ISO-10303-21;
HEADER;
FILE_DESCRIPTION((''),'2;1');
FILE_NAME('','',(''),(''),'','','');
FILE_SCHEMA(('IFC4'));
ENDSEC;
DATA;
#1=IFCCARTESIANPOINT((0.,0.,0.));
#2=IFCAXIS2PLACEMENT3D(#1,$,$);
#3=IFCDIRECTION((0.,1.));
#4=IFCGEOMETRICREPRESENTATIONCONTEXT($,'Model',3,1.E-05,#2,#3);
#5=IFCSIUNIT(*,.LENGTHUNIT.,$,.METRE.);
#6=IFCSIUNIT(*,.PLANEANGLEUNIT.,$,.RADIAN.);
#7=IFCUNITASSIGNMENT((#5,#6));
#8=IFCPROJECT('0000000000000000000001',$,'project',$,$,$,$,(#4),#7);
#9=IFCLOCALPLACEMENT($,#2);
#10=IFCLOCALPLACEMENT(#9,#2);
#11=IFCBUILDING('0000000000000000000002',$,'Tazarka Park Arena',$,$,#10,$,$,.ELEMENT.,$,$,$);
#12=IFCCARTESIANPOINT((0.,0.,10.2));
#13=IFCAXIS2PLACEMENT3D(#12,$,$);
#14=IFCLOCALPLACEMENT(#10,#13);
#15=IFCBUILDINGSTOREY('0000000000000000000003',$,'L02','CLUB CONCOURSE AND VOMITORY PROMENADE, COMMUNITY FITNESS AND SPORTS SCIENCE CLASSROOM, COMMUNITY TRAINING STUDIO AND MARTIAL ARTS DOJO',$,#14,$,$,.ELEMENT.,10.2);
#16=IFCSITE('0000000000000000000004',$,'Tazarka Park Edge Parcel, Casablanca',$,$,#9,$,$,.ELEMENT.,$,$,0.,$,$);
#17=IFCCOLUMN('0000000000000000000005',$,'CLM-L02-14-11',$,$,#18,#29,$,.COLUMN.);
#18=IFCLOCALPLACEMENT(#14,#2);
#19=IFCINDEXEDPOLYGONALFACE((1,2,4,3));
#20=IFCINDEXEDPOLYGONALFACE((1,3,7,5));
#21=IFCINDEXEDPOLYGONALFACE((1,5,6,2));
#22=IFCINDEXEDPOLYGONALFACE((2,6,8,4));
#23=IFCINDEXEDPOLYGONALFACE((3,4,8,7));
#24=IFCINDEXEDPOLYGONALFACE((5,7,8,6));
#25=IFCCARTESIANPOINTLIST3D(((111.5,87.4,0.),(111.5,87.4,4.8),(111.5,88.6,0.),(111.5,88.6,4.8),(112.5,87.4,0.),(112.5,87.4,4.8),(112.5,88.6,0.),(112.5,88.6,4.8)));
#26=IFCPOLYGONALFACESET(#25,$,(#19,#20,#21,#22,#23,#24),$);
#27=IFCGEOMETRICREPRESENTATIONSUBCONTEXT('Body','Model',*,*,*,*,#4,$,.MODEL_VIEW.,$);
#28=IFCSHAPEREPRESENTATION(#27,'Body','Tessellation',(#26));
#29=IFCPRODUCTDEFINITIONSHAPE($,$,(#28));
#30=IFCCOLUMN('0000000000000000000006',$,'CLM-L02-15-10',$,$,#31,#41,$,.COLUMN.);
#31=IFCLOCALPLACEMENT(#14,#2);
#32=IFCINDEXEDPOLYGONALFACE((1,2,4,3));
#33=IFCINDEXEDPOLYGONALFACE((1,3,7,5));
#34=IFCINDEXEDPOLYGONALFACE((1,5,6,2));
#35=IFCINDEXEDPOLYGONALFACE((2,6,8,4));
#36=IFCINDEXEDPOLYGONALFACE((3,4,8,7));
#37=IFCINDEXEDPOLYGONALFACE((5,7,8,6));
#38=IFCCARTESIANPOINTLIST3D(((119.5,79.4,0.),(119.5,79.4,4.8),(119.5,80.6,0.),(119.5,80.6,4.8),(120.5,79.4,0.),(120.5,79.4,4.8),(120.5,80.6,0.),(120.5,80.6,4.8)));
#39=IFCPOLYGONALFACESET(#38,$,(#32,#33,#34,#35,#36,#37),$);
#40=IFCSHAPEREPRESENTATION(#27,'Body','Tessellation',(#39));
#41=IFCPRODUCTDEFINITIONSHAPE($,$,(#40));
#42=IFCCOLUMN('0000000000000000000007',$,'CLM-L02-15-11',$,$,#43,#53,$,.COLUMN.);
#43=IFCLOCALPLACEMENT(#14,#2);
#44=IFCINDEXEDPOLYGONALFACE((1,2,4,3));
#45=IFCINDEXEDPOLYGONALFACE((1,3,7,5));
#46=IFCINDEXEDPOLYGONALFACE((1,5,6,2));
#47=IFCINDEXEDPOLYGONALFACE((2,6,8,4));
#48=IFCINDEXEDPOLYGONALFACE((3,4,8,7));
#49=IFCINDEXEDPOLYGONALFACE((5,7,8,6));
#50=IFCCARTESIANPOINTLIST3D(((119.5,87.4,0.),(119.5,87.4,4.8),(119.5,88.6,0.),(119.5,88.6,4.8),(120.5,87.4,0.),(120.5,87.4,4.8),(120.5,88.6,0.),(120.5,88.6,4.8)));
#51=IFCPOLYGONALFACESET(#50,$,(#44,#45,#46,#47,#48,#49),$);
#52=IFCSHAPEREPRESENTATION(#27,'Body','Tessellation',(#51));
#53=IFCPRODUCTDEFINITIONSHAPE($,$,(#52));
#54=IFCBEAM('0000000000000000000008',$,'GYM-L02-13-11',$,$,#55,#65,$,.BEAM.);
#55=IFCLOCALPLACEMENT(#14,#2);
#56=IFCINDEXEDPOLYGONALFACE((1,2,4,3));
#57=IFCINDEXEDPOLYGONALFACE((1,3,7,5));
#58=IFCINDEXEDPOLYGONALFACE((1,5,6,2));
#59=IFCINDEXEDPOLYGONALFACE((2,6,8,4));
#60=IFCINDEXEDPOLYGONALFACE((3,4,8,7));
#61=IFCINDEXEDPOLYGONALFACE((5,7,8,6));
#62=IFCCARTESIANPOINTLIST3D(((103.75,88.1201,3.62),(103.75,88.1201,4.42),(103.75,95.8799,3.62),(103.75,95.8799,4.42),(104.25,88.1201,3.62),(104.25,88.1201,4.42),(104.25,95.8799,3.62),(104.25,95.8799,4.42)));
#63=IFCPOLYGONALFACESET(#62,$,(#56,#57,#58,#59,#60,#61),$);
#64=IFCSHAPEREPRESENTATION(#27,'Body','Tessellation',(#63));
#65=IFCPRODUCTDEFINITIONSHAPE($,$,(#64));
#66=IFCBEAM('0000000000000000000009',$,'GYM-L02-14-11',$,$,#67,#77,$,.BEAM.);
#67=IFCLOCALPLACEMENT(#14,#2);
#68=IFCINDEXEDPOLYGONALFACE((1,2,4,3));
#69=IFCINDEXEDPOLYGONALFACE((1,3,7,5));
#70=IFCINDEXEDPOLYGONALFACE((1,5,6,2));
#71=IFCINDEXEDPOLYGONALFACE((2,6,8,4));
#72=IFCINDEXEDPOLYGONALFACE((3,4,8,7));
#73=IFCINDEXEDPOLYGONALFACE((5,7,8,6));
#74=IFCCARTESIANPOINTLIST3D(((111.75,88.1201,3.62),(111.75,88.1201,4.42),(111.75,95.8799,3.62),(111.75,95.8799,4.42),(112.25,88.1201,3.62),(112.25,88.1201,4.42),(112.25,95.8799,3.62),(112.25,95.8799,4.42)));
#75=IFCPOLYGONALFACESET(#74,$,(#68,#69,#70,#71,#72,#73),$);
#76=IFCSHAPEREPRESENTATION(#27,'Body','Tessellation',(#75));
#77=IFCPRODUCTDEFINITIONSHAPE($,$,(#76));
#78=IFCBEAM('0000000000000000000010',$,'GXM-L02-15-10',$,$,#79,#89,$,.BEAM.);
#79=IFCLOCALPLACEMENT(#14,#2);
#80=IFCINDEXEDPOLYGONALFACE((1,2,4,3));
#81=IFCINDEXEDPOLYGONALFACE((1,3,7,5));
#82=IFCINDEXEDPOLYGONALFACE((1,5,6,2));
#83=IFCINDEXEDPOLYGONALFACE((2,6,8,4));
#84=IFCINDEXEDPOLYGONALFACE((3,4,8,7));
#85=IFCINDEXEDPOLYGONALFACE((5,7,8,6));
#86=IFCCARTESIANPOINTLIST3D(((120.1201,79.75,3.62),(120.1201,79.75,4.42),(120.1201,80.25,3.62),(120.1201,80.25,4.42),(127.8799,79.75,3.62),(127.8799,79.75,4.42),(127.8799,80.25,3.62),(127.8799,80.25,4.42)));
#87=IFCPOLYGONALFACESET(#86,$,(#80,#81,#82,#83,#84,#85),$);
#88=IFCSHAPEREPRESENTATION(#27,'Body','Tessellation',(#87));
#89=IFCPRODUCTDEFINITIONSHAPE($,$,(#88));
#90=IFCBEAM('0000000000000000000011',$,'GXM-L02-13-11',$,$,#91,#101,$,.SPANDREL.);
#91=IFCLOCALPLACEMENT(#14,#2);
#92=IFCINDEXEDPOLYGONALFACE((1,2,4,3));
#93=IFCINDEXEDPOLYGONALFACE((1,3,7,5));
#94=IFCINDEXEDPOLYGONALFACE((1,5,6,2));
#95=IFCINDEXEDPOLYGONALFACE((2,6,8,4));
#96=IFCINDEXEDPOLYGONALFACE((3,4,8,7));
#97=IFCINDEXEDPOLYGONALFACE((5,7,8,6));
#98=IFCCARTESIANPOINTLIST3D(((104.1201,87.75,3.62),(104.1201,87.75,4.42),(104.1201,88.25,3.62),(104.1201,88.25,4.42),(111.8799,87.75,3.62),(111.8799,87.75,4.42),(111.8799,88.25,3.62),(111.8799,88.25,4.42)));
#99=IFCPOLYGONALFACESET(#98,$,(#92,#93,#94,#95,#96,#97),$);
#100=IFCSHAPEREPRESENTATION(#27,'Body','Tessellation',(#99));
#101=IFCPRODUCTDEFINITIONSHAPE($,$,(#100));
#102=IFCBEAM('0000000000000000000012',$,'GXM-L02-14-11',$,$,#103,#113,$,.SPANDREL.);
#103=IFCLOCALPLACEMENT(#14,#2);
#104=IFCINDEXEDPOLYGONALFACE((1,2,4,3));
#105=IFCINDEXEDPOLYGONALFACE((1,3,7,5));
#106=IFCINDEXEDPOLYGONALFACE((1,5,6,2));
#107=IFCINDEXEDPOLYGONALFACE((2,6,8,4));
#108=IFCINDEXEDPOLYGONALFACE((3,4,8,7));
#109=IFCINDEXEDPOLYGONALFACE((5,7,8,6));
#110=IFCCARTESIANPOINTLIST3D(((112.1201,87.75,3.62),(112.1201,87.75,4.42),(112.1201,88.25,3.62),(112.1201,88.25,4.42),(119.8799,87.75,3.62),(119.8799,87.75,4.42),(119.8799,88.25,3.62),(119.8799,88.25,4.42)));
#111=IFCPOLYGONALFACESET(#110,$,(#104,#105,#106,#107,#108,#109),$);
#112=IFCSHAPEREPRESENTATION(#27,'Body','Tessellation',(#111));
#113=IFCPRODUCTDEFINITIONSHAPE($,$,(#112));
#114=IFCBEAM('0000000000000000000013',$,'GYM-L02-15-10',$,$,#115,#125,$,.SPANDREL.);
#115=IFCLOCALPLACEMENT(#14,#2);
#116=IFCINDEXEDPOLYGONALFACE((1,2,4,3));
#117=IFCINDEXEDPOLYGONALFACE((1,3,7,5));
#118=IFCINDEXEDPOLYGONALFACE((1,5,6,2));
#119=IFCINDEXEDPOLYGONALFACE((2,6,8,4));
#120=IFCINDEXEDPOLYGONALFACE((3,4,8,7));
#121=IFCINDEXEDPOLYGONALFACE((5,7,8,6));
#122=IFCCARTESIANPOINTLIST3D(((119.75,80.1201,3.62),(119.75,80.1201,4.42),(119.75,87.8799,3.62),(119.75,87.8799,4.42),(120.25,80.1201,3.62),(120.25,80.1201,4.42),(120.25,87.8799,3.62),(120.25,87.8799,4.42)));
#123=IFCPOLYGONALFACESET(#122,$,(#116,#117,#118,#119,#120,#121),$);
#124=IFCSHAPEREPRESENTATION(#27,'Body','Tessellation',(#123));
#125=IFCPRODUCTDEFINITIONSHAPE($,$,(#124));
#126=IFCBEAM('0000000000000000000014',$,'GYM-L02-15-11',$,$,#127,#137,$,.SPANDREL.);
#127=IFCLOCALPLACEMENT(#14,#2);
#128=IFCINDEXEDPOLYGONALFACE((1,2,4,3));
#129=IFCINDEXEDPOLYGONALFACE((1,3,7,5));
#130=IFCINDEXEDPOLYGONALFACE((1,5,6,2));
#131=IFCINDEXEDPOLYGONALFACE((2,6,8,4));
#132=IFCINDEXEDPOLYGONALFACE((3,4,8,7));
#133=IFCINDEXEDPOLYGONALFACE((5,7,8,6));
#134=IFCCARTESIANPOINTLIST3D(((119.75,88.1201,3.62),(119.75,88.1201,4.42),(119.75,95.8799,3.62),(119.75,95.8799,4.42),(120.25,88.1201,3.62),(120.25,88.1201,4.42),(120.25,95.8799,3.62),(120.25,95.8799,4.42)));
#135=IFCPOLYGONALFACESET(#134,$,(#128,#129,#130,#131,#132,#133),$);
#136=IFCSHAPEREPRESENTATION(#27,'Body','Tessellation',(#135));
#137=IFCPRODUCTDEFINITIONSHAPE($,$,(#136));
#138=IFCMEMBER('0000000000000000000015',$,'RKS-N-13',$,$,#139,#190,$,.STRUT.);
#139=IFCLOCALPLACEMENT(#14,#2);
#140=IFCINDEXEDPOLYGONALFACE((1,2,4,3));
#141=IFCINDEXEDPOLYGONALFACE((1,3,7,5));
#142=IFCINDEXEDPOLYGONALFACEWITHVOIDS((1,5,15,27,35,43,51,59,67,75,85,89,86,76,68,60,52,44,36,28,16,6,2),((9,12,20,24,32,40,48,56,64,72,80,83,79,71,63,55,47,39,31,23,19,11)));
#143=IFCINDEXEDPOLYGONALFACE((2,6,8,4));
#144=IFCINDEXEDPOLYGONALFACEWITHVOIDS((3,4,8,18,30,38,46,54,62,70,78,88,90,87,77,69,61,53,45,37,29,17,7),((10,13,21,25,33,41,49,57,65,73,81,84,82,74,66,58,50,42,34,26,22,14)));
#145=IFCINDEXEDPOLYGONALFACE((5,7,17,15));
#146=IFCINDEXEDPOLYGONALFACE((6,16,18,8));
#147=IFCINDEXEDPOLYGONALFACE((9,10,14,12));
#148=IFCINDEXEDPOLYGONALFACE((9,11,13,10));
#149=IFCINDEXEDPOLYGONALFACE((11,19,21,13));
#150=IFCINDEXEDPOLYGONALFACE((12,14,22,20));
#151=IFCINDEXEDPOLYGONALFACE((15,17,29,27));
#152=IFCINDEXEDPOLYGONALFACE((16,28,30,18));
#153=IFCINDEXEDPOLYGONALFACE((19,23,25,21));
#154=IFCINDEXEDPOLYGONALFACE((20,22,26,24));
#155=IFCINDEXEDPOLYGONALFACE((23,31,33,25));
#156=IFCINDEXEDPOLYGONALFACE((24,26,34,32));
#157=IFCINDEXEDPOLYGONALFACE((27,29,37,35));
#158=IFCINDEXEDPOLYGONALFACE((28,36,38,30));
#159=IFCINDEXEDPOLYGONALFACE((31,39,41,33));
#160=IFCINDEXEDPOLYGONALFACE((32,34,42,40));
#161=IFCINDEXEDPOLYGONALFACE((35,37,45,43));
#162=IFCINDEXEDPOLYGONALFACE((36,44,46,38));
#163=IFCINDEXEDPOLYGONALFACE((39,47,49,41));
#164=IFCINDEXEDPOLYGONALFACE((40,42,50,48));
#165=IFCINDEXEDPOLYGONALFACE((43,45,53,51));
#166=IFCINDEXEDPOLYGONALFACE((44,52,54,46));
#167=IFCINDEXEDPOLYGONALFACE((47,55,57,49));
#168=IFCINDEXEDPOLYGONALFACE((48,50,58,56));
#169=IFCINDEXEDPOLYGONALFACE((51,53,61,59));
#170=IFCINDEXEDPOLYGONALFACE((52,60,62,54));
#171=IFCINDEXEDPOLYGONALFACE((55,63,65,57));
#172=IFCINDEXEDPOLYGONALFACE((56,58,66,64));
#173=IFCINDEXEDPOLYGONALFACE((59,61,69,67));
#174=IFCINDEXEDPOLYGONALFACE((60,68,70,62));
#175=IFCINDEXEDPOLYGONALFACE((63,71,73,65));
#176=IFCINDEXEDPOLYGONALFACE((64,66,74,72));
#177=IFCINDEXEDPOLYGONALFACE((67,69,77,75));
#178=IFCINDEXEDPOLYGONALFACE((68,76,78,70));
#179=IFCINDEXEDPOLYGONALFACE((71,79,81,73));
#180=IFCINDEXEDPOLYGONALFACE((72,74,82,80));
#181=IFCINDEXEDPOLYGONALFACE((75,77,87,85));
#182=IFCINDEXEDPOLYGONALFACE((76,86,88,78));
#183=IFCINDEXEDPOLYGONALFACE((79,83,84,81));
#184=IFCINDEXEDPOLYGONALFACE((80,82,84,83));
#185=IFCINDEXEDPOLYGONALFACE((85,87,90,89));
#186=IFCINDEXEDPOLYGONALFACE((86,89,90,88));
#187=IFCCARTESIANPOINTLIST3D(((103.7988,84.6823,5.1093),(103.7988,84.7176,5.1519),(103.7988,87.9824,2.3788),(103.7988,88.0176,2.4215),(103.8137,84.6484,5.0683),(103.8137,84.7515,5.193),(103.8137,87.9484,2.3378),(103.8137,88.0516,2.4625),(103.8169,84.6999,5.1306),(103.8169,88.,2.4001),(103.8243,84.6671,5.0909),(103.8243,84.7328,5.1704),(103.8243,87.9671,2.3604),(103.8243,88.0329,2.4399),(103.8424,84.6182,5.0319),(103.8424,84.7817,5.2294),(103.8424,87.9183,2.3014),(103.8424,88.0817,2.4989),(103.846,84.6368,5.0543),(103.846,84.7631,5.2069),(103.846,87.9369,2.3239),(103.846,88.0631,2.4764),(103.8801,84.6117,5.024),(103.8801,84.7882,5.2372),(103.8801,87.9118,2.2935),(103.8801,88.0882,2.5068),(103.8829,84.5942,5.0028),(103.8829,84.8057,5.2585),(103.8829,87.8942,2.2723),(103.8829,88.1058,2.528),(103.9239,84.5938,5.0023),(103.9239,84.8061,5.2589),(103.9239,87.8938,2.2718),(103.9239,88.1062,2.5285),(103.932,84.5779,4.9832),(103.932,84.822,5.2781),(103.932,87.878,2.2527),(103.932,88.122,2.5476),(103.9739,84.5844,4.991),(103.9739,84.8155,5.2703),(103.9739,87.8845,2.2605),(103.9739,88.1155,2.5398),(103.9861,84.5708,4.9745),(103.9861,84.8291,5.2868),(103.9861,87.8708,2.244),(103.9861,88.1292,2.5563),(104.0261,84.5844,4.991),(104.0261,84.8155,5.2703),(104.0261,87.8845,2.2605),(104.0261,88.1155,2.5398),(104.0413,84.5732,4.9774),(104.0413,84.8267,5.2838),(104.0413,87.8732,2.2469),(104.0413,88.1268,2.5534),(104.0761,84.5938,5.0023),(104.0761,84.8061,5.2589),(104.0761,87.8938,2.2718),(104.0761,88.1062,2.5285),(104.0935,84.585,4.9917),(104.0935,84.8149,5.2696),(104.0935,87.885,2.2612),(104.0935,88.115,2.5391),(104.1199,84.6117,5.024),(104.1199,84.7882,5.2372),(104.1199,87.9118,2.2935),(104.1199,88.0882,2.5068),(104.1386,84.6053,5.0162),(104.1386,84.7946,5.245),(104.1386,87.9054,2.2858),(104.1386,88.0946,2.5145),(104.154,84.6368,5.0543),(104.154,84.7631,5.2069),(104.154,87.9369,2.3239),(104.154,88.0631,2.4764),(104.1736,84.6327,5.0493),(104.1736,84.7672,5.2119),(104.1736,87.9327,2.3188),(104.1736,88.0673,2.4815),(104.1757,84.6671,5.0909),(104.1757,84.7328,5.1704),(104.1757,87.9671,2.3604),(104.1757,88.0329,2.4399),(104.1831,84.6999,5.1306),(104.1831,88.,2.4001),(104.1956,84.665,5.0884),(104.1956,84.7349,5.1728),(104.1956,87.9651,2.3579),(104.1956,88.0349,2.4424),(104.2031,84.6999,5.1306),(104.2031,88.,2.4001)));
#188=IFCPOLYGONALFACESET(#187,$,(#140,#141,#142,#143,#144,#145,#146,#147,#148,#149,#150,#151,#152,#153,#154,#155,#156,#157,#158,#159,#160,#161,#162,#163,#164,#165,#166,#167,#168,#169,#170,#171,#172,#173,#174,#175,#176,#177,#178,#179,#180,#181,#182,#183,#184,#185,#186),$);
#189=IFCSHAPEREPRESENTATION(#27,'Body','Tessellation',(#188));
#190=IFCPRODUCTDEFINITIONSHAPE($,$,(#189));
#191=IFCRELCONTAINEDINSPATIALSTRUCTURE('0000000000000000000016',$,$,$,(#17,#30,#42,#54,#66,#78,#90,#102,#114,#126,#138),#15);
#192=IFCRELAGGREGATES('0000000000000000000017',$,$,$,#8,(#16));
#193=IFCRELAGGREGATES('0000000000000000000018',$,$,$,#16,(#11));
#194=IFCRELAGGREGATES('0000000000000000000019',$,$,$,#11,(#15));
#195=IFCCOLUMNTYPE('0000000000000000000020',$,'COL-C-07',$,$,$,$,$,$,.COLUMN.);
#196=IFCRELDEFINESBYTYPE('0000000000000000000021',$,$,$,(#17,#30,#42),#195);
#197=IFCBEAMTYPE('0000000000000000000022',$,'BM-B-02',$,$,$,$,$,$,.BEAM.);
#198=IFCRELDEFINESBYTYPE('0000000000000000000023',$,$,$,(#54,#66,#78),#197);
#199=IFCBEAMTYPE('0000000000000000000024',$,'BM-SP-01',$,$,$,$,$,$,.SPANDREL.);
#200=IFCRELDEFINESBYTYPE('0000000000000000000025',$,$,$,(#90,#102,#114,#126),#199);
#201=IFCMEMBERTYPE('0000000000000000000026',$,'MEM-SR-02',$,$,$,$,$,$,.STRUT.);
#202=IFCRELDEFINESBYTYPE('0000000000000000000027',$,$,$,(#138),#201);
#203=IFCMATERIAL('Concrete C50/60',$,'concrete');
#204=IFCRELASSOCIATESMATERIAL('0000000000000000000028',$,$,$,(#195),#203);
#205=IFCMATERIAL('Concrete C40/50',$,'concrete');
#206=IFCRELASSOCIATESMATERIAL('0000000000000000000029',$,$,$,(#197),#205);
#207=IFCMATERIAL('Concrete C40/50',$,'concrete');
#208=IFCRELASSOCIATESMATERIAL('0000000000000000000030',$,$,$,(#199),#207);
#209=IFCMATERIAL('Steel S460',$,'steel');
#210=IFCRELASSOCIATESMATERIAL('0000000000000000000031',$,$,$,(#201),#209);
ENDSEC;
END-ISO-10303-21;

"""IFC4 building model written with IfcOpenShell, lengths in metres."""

from ifc_helpers import new_model, si_unit, direction, frame, origin, origin_2d, place, context, subcontext, project, spatial, rectangle, hollow_circle, extrude, material, material_profile, profile_set, type_object, element, save


model = new_model("IFC4")

# Units and contexts
model_context = context("Model", 3, precision=1e-05, world=origin(), true_north=direction((0.0, 1.0)))
body_context = subcontext(model_context, "Body", "Model", "MODEL_VIEW")
ifc_project = project(units=[si_unit("LENGTHUNIT", "METRE"), si_unit("PLANEANGLEUNIT", "RADIAN")], contexts=[model_context])

# Site, building, storey
site_placement = place(None, origin())
site = spatial("IfcSite", under=ifc_project, at=site_placement, Name="Tazarka Park Edge Parcel, Casablanca", CompositionType="ELEMENT", RefElevation=0.0)
building_placement = place(site_placement, origin())
building = spatial("IfcBuilding", under=site, at=building_placement, Name="Tazarka Park Arena", CompositionType="ELEMENT")
storey_placement = place(building_placement, frame((0.0, 0.0, 10.2)))
storey = spatial("IfcBuildingStorey", under=building, at=storey_placement, Name="L02", Description="CLUB CONCOURSE AND VOMITORY PROMENADE, COMMUNITY FITNESS AND SPORTS SCIENCE CLASSROOM, COMMUNITY TRAINING STUDIO AND MARTIAL ARTS DOJO", CompositionType="ELEMENT", Elevation=10.2)

# Columns
ifc_material_1 = material(Name="Concrete C50/60", Category="concrete")
ifc_material_profile_1 = material_profile(ifc_material_1, rectangle(XDim=1.0, YDim=1.2, at=origin_2d()), Name="Concrete C50/60")
ifc_profile_set_1 = profile_set([ifc_material_profile_1], Name="Concrete C50/60")
column_type = type_object("IfcColumnType", Name="COL-C-07", PredefinedType="COLUMN", material=ifc_profile_set_1)
for number, where, z_axis, x_axis, name in (
    (1, (112.0, 88.0, 0.0), (0.0, 0.0, 1.0), (1.0, 0.0, 0.0), "CLM-L02-14-11"),
    (2, (120.0, 80.0, 0.0), (0.0, 0.0, 1.0), (1.0, 0.0, 0.0), "CLM-L02-15-10"),
    (3, (120.0, 88.0, 0.0), (0.0, 0.0, 1.0), (1.0, 0.0, 0.0), "CLM-L02-15-11"),
):
    element("IfcColumn", number, at=place(storey_placement, frame(where, z_axis=z_axis, x_axis=x_axis)), inside=storey, type_object=column_type, Name=name, PredefinedType="COLUMN", context=body_context, shape_type="SweptSolid", body=[
        extrude(rectangle(XDim=1.0, YDim=1.2, at=origin_2d()), origin(), (0.0, 0.0, 1.0), 4.8),
    ])

# Beams
ifc_material_2 = material(Name="Concrete C40/50", Category="concrete")
ifc_material_profile_2 = material_profile(ifc_material_2, rectangle(XDim=0.5, YDim=0.8, at=origin_2d()), Name="Concrete C40/50")
ifc_profile_set_2 = profile_set([ifc_material_profile_2], Name="Concrete C40/50")
beam_type_1 = type_object("IfcBeamType", Name="BM-B-02", PredefinedType="BEAM", material=ifc_profile_set_2)
for number, where, z_axis, x_axis, name in (
    (4, (104.0, 88.1201, 4.02), (0.0, 1.0, 0.0), (-1.0, 0.0, 0.0), "GYM-L02-13-11"),
    (5, (112.0, 88.1201, 4.02), (0.0, 1.0, 0.0), (-1.0, 0.0, 0.0), "GYM-L02-14-11"),
    (6, (120.1201, 80.0, 4.02), (1.0, 0.0, 0.0), (0.0, 1.0, 0.0), "GXM-L02-15-10"),
):
    element("IfcBeam", number, at=place(storey_placement, frame(where, z_axis=z_axis, x_axis=x_axis)), inside=storey, type_object=beam_type_1, Name=name, PredefinedType="BEAM", context=body_context, shape_type="SweptSolid", body=[
        extrude(rectangle(XDim=0.5, YDim=0.8, at=origin_2d()), origin(), (0.0, 0.0, 1.0), 7.7598),
    ])
ifc_material_3 = material(Name="Concrete C40/50", Category="concrete")
ifc_material_profile_3 = material_profile(ifc_material_3, rectangle(XDim=0.5, YDim=0.8, at=origin_2d()), Name="Concrete C40/50")
ifc_profile_set_3 = profile_set([ifc_material_profile_3], Name="Concrete C40/50")
beam_type_2 = type_object("IfcBeamType", Name="BM-SP-01", PredefinedType="SPANDREL", material=ifc_profile_set_3)
for number, where, z_axis, x_axis, name in (
    (7, (104.1201, 88.0, 4.02), (1.0, 0.0, 0.0), (0.0, 1.0, 0.0), "GXM-L02-13-11"),
    (8, (112.1201, 88.0, 4.02), (1.0, 0.0, 0.0), (0.0, 1.0, 0.0), "GXM-L02-14-11"),
    (9, (120.0, 80.1201, 4.02), (0.0, 1.0, 0.0), (-1.0, 0.0, 0.0), "GYM-L02-15-10"),
    (10, (120.0, 88.1201, 4.02), (0.0, 1.0, 0.0), (-1.0, 0.0, 0.0), "GYM-L02-15-11"),
):
    element("IfcBeam", number, at=place(storey_placement, frame(where, z_axis=z_axis, x_axis=x_axis)), inside=storey, type_object=beam_type_2, Name=name, PredefinedType="SPANDREL", context=body_context, shape_type="SweptSolid", body=[
        extrude(rectangle(XDim=0.5, YDim=0.8, at=origin_2d()), origin(), (0.0, 0.0, 1.0), 7.7598),
    ])

# Member
ifc_material_4 = material(Name="Steel S460", Category="steel")
ifc_material_profile_4 = material_profile(ifc_material_4, hollow_circle(Radius=0.2031, WallThickness=0.02, at=origin_2d()), Name="Steel S460")
ifc_profile_set_4 = profile_set([ifc_material_profile_4], Name="Steel S460")
member_type = type_object("IfcMemberType", Name="MEM-SR-02", PredefinedType="STRUT", material=ifc_profile_set_4)
for number, where, z_axis, x_axis, name in (
    (11, (104.0, 88.0, 2.4001), (0.0, -0.770464, 0.637484), (1.0, 0.0, 0.0), "RKS-N-13"),
):
    element("IfcMember", number, at=place(storey_placement, frame(where, z_axis=z_axis, x_axis=x_axis)), inside=storey, type_object=member_type, Name=name, PredefinedType="STRUT", context=body_context, shape_type="SweptSolid", body=[
        extrude(hollow_circle(Radius=0.2031, WallThickness=0.02, at=origin_2d()), origin(), (0.0, 0.0, 1.0), 4.2832),
    ])

save(model, "model.ifc")
